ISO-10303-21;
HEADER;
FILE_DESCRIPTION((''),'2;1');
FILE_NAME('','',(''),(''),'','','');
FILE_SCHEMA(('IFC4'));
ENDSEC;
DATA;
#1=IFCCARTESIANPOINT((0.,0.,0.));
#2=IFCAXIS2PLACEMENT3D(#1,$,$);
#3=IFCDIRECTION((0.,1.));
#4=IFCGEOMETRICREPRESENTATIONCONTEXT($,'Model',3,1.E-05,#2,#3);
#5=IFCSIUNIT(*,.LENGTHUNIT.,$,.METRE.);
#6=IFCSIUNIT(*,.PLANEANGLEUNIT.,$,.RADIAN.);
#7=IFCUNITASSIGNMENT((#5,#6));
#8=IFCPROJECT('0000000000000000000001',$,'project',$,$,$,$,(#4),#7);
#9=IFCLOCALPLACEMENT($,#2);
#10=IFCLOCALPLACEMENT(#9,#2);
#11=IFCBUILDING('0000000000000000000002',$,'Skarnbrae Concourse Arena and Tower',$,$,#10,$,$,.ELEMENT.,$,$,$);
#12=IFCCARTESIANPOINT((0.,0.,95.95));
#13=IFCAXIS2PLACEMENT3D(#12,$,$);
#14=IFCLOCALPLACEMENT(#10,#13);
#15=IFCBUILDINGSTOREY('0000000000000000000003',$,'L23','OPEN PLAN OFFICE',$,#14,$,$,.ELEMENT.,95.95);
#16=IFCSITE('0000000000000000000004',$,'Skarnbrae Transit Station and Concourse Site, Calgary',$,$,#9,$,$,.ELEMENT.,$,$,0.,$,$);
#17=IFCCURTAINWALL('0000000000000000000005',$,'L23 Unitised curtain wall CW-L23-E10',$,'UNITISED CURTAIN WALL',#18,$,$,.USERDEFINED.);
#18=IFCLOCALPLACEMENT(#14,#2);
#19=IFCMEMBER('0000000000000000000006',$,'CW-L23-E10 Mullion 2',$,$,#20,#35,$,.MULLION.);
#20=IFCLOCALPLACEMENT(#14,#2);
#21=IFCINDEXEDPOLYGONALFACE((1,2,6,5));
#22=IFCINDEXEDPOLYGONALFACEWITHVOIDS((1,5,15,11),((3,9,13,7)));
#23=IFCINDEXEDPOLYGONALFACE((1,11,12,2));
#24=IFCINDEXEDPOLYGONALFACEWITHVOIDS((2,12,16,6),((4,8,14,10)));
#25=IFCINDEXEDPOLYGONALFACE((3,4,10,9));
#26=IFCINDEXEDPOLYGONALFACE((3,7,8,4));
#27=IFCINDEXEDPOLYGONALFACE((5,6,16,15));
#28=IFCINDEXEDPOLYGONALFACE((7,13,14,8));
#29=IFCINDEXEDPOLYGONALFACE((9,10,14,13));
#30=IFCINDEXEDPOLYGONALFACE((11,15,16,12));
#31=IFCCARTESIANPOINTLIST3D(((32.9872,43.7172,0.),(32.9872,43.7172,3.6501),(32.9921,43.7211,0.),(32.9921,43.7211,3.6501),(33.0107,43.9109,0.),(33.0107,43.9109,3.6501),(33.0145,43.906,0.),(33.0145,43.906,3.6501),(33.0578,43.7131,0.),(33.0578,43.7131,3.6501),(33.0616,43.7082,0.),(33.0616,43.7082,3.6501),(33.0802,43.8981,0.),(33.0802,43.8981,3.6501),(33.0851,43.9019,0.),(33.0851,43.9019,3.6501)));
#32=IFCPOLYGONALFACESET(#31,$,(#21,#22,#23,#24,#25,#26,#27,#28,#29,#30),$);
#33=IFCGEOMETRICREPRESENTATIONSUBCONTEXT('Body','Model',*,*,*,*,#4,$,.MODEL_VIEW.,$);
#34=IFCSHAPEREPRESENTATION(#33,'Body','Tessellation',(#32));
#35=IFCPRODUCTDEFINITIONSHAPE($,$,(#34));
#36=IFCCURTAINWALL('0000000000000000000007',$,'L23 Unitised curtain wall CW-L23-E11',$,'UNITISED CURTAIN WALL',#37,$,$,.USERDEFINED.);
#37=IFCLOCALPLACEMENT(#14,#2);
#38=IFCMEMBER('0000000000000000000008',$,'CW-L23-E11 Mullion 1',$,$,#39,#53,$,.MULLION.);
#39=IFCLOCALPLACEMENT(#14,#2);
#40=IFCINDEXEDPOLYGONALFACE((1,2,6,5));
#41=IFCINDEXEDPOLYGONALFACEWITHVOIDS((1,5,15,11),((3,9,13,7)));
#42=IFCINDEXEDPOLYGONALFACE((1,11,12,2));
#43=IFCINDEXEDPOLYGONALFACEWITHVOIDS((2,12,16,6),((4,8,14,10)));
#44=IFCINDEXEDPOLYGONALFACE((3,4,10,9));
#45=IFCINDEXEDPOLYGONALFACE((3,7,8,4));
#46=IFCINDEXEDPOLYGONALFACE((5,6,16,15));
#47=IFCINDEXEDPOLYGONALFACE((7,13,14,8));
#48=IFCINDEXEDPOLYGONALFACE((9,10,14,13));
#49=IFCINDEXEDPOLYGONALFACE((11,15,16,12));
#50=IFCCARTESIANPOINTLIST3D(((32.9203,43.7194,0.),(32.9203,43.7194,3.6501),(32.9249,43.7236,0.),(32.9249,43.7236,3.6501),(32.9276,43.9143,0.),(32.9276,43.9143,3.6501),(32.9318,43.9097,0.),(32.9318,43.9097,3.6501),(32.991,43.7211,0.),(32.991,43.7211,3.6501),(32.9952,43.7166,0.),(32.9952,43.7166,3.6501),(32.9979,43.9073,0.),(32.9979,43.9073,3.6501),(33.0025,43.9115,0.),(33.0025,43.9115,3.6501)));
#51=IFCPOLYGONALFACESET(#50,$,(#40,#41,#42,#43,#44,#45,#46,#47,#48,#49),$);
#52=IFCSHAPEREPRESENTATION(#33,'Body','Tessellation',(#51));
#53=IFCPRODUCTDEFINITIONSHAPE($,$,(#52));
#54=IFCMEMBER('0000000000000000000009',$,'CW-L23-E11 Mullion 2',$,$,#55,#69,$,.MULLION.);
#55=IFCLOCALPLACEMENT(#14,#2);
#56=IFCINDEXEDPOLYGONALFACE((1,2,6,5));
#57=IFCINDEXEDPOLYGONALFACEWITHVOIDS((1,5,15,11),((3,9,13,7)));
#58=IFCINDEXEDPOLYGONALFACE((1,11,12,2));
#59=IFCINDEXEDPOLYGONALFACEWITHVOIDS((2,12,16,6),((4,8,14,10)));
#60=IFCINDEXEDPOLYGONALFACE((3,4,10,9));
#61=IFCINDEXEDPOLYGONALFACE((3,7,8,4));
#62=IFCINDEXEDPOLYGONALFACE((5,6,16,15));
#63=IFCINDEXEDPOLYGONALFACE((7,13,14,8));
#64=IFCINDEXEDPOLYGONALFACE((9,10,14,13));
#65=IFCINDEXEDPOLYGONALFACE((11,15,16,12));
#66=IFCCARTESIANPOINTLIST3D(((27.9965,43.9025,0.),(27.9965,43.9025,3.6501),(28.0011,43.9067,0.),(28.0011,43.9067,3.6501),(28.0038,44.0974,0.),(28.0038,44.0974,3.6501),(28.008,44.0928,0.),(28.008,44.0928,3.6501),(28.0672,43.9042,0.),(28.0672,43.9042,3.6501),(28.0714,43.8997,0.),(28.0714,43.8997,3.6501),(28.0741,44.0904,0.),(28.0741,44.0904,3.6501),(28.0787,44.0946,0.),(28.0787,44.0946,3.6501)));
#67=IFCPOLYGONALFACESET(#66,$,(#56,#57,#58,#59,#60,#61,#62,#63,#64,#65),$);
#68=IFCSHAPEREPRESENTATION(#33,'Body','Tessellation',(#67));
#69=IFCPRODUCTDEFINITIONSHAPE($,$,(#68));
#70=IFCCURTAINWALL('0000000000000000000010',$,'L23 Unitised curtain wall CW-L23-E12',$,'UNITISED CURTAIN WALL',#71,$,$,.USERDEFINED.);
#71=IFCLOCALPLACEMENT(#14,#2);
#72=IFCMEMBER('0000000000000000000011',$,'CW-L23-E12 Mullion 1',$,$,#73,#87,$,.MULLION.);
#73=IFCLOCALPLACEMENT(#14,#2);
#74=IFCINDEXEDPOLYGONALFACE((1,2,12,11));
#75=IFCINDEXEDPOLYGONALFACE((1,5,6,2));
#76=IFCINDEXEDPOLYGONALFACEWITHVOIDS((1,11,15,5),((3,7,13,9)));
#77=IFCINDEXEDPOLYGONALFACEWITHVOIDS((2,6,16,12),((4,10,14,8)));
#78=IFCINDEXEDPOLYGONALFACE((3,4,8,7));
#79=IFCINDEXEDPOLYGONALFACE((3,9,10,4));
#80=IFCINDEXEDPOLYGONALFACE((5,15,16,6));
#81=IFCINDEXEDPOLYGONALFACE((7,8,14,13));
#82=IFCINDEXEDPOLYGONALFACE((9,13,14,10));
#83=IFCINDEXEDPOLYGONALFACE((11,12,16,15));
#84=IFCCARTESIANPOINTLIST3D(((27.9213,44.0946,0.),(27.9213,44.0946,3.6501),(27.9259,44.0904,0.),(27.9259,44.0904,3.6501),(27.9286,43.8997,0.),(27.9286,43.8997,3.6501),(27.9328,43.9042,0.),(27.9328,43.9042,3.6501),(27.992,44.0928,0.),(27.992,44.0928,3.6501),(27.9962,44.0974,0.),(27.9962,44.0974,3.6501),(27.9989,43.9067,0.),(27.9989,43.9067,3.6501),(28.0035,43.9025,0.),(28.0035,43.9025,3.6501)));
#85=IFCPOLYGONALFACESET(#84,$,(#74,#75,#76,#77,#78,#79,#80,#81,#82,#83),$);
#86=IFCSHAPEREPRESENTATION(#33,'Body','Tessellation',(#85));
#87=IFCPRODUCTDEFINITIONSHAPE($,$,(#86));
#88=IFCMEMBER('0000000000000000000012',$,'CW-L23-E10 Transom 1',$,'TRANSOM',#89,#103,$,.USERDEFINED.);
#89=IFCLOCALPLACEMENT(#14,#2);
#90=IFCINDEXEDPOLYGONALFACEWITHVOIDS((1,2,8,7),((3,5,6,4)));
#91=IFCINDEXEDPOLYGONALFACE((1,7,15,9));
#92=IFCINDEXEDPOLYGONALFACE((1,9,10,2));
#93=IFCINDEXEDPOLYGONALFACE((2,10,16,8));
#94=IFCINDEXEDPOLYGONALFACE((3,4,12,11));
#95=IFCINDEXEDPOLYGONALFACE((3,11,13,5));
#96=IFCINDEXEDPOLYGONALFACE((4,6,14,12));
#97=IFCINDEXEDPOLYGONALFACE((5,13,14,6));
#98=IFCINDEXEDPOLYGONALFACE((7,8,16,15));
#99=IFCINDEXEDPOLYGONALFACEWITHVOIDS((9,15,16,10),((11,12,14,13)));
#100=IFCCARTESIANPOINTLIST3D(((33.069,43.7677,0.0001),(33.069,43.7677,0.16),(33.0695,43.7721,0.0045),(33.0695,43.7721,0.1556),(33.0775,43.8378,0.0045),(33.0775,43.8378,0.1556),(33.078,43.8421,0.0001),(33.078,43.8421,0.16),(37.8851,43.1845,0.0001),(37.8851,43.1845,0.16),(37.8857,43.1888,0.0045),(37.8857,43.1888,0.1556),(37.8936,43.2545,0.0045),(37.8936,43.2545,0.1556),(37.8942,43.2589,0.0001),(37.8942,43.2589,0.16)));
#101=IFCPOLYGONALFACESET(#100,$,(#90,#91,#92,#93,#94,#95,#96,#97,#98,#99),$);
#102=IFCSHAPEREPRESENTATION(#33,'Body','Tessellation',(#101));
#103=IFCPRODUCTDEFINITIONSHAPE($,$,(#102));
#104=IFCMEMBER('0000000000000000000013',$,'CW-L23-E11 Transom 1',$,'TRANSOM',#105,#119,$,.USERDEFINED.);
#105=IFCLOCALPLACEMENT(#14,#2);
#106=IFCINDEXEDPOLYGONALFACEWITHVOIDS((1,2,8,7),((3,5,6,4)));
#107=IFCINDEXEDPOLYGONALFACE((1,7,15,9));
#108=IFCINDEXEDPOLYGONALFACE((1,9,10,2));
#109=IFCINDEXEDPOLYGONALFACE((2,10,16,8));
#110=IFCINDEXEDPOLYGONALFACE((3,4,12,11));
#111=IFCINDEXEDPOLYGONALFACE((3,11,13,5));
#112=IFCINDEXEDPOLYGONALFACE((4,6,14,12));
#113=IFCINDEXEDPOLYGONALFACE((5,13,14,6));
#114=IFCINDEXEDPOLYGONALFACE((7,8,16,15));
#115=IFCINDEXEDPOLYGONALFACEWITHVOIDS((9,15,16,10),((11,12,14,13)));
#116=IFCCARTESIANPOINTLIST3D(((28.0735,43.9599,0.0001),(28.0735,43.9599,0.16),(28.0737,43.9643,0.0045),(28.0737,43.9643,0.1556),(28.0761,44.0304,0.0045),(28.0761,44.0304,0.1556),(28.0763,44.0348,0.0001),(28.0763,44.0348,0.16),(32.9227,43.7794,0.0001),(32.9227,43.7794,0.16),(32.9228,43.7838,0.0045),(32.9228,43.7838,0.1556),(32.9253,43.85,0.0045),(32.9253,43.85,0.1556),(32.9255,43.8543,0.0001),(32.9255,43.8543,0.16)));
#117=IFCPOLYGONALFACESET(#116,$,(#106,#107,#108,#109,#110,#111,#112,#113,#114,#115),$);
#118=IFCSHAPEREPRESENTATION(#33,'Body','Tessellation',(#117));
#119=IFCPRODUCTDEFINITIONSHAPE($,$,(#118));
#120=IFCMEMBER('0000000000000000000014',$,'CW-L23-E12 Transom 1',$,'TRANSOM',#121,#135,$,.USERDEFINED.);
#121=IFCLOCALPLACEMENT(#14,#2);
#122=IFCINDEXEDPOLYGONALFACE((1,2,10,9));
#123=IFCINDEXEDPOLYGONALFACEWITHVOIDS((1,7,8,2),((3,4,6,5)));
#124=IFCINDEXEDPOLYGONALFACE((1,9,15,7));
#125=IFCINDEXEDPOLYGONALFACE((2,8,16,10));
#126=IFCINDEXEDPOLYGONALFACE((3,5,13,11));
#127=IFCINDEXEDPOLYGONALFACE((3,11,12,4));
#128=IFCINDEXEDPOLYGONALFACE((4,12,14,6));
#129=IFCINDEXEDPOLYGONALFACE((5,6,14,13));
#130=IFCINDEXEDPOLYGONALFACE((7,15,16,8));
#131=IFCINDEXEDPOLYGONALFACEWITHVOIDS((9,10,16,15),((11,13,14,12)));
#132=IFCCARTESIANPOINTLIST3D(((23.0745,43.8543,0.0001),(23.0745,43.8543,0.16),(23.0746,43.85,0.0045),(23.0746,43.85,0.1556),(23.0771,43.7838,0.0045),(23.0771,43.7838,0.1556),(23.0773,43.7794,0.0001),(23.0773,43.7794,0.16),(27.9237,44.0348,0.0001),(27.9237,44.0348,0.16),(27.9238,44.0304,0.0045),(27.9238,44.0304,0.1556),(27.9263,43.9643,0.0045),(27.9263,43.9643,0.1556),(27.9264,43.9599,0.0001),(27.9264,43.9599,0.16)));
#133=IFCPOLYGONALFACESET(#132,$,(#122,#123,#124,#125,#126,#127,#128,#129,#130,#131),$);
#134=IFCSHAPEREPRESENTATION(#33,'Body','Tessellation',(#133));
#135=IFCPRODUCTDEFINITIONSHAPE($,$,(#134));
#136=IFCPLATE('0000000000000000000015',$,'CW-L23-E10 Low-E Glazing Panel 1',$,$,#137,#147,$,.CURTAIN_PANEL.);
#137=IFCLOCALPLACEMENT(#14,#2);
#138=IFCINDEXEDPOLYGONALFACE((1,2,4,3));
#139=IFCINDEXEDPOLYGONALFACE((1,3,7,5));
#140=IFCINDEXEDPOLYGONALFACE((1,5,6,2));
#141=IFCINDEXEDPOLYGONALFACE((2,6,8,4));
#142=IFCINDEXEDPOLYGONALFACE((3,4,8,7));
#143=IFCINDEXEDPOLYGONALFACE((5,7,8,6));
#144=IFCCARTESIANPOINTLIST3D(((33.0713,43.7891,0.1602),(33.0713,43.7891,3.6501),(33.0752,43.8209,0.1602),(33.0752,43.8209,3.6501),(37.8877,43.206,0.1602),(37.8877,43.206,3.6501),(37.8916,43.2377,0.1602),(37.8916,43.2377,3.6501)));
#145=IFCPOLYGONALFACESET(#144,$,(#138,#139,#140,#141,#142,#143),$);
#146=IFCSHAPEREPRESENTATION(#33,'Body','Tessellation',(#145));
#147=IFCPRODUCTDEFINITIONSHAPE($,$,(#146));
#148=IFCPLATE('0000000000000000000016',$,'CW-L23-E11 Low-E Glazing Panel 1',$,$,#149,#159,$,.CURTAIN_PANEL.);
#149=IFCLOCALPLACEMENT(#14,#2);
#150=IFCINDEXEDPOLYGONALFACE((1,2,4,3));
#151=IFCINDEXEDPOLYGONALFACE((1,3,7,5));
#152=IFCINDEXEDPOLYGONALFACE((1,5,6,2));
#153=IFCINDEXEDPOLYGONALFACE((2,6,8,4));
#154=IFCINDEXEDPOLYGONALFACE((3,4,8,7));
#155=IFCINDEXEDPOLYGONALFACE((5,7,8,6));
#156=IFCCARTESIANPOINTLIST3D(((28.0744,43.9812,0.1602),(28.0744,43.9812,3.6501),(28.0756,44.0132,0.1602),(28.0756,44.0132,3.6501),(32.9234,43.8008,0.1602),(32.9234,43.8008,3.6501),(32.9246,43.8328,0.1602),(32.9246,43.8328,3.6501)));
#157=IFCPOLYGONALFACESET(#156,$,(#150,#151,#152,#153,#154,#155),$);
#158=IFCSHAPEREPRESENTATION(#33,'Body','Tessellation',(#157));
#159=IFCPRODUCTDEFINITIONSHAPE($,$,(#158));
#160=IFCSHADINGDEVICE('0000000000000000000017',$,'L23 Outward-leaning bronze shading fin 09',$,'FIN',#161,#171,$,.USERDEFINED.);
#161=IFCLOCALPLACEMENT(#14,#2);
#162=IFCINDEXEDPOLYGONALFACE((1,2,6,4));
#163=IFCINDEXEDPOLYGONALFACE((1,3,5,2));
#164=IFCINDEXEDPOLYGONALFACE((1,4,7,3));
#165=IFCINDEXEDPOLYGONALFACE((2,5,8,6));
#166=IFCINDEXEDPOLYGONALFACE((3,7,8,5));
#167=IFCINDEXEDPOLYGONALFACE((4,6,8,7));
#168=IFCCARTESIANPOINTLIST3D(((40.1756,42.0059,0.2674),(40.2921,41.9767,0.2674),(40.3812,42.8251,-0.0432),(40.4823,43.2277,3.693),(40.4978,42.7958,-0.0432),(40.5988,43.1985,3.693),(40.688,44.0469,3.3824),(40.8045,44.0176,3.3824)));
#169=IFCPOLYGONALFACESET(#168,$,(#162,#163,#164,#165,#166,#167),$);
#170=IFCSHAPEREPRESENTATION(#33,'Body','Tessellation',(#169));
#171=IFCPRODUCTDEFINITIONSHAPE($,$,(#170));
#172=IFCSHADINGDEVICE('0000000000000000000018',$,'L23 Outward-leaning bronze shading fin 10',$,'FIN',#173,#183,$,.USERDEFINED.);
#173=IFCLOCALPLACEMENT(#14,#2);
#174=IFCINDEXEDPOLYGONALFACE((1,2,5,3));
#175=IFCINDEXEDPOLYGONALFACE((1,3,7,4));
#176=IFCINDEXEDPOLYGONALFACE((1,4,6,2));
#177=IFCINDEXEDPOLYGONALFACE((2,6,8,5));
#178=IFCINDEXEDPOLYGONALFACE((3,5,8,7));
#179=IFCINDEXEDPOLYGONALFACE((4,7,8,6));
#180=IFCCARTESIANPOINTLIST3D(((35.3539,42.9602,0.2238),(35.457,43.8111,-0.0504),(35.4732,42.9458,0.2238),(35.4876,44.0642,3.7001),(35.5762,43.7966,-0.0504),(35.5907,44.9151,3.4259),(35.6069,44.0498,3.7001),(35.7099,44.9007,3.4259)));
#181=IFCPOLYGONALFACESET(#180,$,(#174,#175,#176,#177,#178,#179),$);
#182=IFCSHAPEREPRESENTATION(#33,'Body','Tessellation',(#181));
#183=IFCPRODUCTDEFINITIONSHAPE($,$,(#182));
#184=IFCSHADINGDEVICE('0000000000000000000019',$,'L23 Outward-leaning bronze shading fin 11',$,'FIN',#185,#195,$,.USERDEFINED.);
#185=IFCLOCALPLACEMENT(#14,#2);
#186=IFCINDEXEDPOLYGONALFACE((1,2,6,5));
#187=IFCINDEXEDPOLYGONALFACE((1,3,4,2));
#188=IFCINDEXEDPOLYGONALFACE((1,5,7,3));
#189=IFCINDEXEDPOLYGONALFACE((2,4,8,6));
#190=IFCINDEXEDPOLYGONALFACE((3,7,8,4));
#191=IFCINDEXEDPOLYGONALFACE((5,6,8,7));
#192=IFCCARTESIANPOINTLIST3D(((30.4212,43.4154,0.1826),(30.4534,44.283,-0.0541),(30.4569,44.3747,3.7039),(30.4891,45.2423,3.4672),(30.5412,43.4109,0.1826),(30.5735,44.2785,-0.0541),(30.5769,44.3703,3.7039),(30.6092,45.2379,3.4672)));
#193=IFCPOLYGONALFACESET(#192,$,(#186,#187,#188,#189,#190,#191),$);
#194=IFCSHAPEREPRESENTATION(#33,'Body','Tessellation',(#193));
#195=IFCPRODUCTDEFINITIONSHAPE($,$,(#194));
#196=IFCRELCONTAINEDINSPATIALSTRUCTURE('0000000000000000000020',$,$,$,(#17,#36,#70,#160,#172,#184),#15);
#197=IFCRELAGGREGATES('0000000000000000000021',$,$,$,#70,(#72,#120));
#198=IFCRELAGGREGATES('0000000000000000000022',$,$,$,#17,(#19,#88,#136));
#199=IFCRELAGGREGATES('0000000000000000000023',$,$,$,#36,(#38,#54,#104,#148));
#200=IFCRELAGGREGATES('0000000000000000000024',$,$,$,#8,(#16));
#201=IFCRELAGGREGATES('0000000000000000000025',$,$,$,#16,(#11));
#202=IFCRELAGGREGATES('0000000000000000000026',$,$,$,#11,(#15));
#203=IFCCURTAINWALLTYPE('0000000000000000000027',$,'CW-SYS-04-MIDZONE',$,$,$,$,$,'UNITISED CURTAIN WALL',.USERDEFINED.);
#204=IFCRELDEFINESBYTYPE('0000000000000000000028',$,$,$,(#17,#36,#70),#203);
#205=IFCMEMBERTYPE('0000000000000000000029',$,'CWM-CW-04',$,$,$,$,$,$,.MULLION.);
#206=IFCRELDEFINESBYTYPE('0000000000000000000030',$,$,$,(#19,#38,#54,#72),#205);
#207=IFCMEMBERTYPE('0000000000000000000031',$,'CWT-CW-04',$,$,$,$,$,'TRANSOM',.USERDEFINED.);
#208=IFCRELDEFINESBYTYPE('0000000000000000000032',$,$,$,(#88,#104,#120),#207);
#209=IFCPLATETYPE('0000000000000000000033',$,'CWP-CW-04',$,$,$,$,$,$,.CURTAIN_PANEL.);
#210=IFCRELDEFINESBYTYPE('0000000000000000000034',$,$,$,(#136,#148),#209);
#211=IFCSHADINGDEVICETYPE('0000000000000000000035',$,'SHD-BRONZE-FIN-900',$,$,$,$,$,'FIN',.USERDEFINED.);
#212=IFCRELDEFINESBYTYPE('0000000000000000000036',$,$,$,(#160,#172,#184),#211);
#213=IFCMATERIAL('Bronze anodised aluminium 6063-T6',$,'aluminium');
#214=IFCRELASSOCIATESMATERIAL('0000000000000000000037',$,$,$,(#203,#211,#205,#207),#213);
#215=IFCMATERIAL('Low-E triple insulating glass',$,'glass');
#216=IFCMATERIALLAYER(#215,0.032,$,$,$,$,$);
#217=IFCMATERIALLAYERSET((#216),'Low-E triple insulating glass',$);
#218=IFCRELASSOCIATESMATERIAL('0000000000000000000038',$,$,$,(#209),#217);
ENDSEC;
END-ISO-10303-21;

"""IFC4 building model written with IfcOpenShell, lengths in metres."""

from ifc_helpers import new_model, si_unit, direction, frame, origin, origin_2d, place, context, subcontext, project, spatial, rectangle, hollow_rectangle, extrude, source, transform, mapped, material, layer, layer_set, material_profile, profile_set, type_object, element, aggregate, save


model = new_model("IFC4")

# Units and contexts
model_context = context("Model", 3, precision=1e-05, world=origin(), true_north=direction((0.0, 1.0)))
body_context = subcontext(model_context, "Body", "Model", "MODEL_VIEW")
ifc_project = project(units=[si_unit("LENGTHUNIT", "METRE"), si_unit("PLANEANGLEUNIT", "RADIAN")], contexts=[model_context])

# Site, building, storey
site_placement = place(None, origin())
site = spatial("IfcSite", under=ifc_project, at=site_placement, Name="Skarnbrae Transit Station and Concourse Site, Calgary", CompositionType="ELEMENT", RefElevation=0.0)
building_placement = place(site_placement, origin())
building = spatial("IfcBuilding", under=site, at=building_placement, Name="Skarnbrae Concourse Arena and Tower", CompositionType="ELEMENT")
storey_placement = place(building_placement, frame((0.0, 0.0, 95.95)))
storey = spatial("IfcBuildingStorey", under=building, at=storey_placement, Name="L23", Description="OPEN PLAN OFFICE", CompositionType="ELEMENT", Elevation=95.95)

# Shared definitions
ifc_material_1 = material(Name="Bronze anodised aluminium 6063-T6", Category="aluminium")
curtain_wall_type = type_object("IfcCurtainWallType", Name="CW-SYS-04-MIDZONE", ElementType="UNITISED CURTAIN WALL", PredefinedType="USERDEFINED", material=ifc_material_1)
ifc_material_profile_1 = material_profile(ifc_material_1, hollow_rectangle(XDim=0.075, YDim=0.1951, WallThickness=0.0044, at=origin_2d()), Name="ALU-MULL-75X195")
ifc_profile_set_1 = profile_set([ifc_material_profile_1], Name="Bronze anodised aluminium 6063-T6")
member_type_1 = type_object("IfcMemberType", Name="CWM-CW-04", PredefinedType="MULLION", material=ifc_profile_set_1)
shared_shape_1 = source(origin(), body_context, "Body", "SweptSolid", [
    extrude(hollow_rectangle(XDim=0.075, YDim=0.1951, WallThickness=0.0044, at=origin_2d()), origin(), (0.0, 0.0, 1.0), 3.6501),
])

# Curtain walls, members
curtain_wall_1_placement = place(storey_placement, origin())
curtain_wall_1 = element("IfcCurtainWall", 1, at=curtain_wall_1_placement, inside=storey, type_object=curtain_wall_type, Name="L23 Unitised curtain wall CW-L23-E10", ObjectType="UNITISED CURTAIN WALL", PredefinedType="USERDEFINED")
member_1_placement = place(storey_placement, frame((33.0361, 43.8096, 0.0), z_axis=(0.0, 0.0, 1.0), x_axis=(-0.992749, 0.120203, 0.0)))
member_1 = element("IfcMember", 2, at=member_1_placement, type_object=member_type_1, Name="CW-L23-E10 Mullion 2", PredefinedType="MULLION", context=body_context, shape_type="MappedRepresentation", body=[
    mapped(shared_shape_1, transform((0.0, 0.0, 0.0))),
])
curtain_wall_2_placement = place(storey_placement, origin())
curtain_wall_2 = element("IfcCurtainWall", 3, at=curtain_wall_2_placement, inside=storey, type_object=curtain_wall_type, Name="L23 Unitised curtain wall CW-L23-E11", ObjectType="UNITISED CURTAIN WALL", PredefinedType="USERDEFINED")
member_2_placement = place(storey_placement, frame((32.9614, 43.8154, 0.0), z_axis=(0.0, 0.0, 1.0), x_axis=(-0.999308, 0.037183, 0.0)))
member_2 = element("IfcMember", 4, at=member_2_placement, type_object=member_type_1, Name="CW-L23-E11 Mullion 1", PredefinedType="MULLION", context=body_context, shape_type="MappedRepresentation", body=[
    mapped(shared_shape_1, transform((0.0, 0.0, 0.0))),
])
member_3_placement = place(storey_placement, frame((28.0376, 43.9985, 0.0), z_axis=(0.0, 0.0, 1.0), x_axis=(-0.999308, 0.037183, 0.0)))
member_3 = element("IfcMember", 5, at=member_3_placement, type_object=member_type_1, Name="CW-L23-E11 Mullion 2", PredefinedType="MULLION", context=body_context, shape_type="MappedRepresentation", body=[
    mapped(shared_shape_1, transform((0.0, 0.0, 0.0))),
])

# Curtain wall, member
curtain_wall_3_placement = place(storey_placement, origin())
curtain_wall_3 = element("IfcCurtainWall", 6, at=curtain_wall_3_placement, inside=storey, type_object=curtain_wall_type, Name="L23 Unitised curtain wall CW-L23-E12", ObjectType="UNITISED CURTAIN WALL", PredefinedType="USERDEFINED")
member_4_placement = place(storey_placement, frame((27.9624, 43.9985, 0.0), z_axis=(0.0, 0.0, 1.0), x_axis=(-0.999308, -0.037183, 0.0)))
member_4 = element("IfcMember", 7, at=member_4_placement, type_object=member_type_1, Name="CW-L23-E12 Mullion 1", PredefinedType="MULLION", context=body_context, shape_type="MappedRepresentation", body=[
    mapped(shared_shape_1, transform((0.0, 0.0, 0.0))),
])

# Members
ifc_material_profile_2 = material_profile(ifc_material_1, hollow_rectangle(XDim=0.075, YDim=0.1599, WallThickness=0.0044, at=origin_2d()), Name="ALU-TRAN-75X160")
ifc_profile_set_2 = profile_set([ifc_material_profile_2], Name="Bronze anodised aluminium 6063-T6")
member_type_2 = type_object("IfcMemberType", Name="CWT-CW-04", ElementType="TRANSOM", PredefinedType="USERDEFINED", material=ifc_profile_set_2)
shared_shape_2 = source(origin(), body_context, "Body", "SweptSolid", [
    extrude(hollow_rectangle(XDim=0.075, YDim=0.1599, WallThickness=0.0044, at=origin_2d()), origin(), (0.0, 0.0, 1.0), 4.8513),
])
member_5_placement = place(storey_placement, frame((37.8896, 43.2217, 0.0801), z_axis=(-0.992747, 0.120225, 0.0), x_axis=(-0.120225, -0.992747, 0.0)))
member_5 = element("IfcMember", 8, at=member_5_placement, type_object=member_type_2, Name="CW-L23-E10 Transom 1", ObjectType="TRANSOM", PredefinedType="USERDEFINED", context=body_context, shape_type="MappedRepresentation", body=[
    mapped(shared_shape_2, transform((0.0, 0.0, 0.0))),
])
shared_shape_3 = source(origin(), body_context, "Body", "SweptSolid", [
    extrude(hollow_rectangle(XDim=0.075, YDim=0.1599, WallThickness=0.0044, at=origin_2d()), origin(), (0.0, 0.0, 1.0), 4.8525),
])
member_6_placement = place(storey_placement, frame((32.9241, 43.8169, 0.0801), z_axis=(-0.999309, 0.037181, 0.0), x_axis=(-0.037181, -0.999309, 0.0)))
member_6 = element("IfcMember", 9, at=member_6_placement, type_object=member_type_2, Name="CW-L23-E11 Transom 1", ObjectType="TRANSOM", PredefinedType="USERDEFINED", context=body_context, shape_type="MappedRepresentation", body=[
    mapped(shared_shape_3, transform((0.0, 0.0, 0.0))),
])
member_7_placement = place(storey_placement, frame((27.925, 43.9973, 0.0801), z_axis=(-0.999309, -0.037181, 0.0), x_axis=(0.037181, -0.999309, 0.0)))
member_7 = element("IfcMember", 10, at=member_7_placement, type_object=member_type_2, Name="CW-L23-E12 Transom 1", ObjectType="TRANSOM", PredefinedType="USERDEFINED", context=body_context, shape_type="MappedRepresentation", body=[
    mapped(shared_shape_3, transform((0.0, 0.0, 0.0))),
])
aggregate(curtain_wall_3, [member_4, member_7])

# Plates
ifc_material_2 = material(Name="Low-E triple insulating glass", Category="glass")
ifc_layer = layer(ifc_material_2, 0.032)
ifc_layer_set = layer_set([ifc_layer], Name="Low-E triple insulating glass")
plate_type = type_object("IfcPlateType", Name="CWP-CW-04", PredefinedType="CURTAIN_PANEL", material=ifc_layer_set)
shared_shape_4 = source(origin(), body_context, "Body", "SweptSolid", [
    extrude(rectangle(XDim=4.8516, YDim=0.032, at=origin_2d()), origin(), (0.0, 0.0, 1.0), 3.49),
])
plate_1_placement = place(storey_placement, frame((35.4814, 43.5134, 0.1602), z_axis=(0.0, 0.0, 1.0), x_axis=(-0.992749, 0.120203, 0.0)))
plate_1 = element("IfcPlate", 11, at=plate_1_placement, type_object=plate_type, Name="CW-L23-E10 Low-E Glazing Panel 1", PredefinedType="CURTAIN_PANEL", context=body_context, shape_type="MappedRepresentation", body=[
    mapped(shared_shape_4, transform((0.0, 0.0, 0.0))),
])
aggregate(curtain_wall_1, [member_1, member_5, plate_1])
shared_shape_5 = source(origin(), body_context, "Body", "SweptSolid", [
    extrude(rectangle(XDim=4.8523, YDim=0.032, at=origin_2d()), origin(), (0.0, 0.0, 1.0), 3.49),
])
plate_2_placement = place(storey_placement, frame((30.4995, 43.907, 0.1602), z_axis=(0.0, 0.0, 1.0), x_axis=(-0.999308, 0.037183, 0.0)))
plate_2 = element("IfcPlate", 12, at=plate_2_placement, type_object=plate_type, Name="CW-L23-E11 Low-E Glazing Panel 1", PredefinedType="CURTAIN_PANEL", context=body_context, shape_type="MappedRepresentation", body=[
    mapped(shared_shape_5, transform((0.0, 0.0, 0.0))),
])
aggregate(curtain_wall_2, [member_2, member_3, member_6, plate_2])

# Shading devices
shading_device_type = type_object("IfcShadingDeviceType", Name="SHD-BRONZE-FIN-900", ElementType="FIN", PredefinedType="USERDEFINED", material=ifc_material_1)
shared_shape_6 = source(origin(), body_context, "Body", "SweptSolid", [
    extrude(rectangle(XDim=0.1201, YDim=0.8999, at=origin_2d()), origin(), (0.0, 0.0, 1.0), 3.6499),
])
for number, where, z_axis, x_axis, name in (
    (13, (40.3367, 42.4009, 0.1121), (0.084039, 0.334746, 0.938553), (0.969902, -0.243497, 0.0), "L23 Outward-leaning bronze shading fin 09"),
    (14, (35.4651, 43.3784, 0.0867), (0.036627, 0.302489, 0.952449), (0.992749, -0.120206, 0.0), "L23 Outward-leaning bronze shading fin 10"),
    (15, (30.4973, 43.8469, 0.0642), (0.009781, 0.262849, 0.964787), (0.999308, -0.037184, 0.0), "L23 Outward-leaning bronze shading fin 11"),
):
    element("IfcShadingDevice", number, at=place(storey_placement, frame(where, z_axis=z_axis, x_axis=x_axis)), inside=storey, type_object=shading_device_type, Name=name, ObjectType="FIN", PredefinedType="USERDEFINED", context=body_context, shape_type="MappedRepresentation", body=[
        mapped(shared_shape_6, transform((0.0, 0.0, 0.0))),
    ])

save(model, "model.ifc")
